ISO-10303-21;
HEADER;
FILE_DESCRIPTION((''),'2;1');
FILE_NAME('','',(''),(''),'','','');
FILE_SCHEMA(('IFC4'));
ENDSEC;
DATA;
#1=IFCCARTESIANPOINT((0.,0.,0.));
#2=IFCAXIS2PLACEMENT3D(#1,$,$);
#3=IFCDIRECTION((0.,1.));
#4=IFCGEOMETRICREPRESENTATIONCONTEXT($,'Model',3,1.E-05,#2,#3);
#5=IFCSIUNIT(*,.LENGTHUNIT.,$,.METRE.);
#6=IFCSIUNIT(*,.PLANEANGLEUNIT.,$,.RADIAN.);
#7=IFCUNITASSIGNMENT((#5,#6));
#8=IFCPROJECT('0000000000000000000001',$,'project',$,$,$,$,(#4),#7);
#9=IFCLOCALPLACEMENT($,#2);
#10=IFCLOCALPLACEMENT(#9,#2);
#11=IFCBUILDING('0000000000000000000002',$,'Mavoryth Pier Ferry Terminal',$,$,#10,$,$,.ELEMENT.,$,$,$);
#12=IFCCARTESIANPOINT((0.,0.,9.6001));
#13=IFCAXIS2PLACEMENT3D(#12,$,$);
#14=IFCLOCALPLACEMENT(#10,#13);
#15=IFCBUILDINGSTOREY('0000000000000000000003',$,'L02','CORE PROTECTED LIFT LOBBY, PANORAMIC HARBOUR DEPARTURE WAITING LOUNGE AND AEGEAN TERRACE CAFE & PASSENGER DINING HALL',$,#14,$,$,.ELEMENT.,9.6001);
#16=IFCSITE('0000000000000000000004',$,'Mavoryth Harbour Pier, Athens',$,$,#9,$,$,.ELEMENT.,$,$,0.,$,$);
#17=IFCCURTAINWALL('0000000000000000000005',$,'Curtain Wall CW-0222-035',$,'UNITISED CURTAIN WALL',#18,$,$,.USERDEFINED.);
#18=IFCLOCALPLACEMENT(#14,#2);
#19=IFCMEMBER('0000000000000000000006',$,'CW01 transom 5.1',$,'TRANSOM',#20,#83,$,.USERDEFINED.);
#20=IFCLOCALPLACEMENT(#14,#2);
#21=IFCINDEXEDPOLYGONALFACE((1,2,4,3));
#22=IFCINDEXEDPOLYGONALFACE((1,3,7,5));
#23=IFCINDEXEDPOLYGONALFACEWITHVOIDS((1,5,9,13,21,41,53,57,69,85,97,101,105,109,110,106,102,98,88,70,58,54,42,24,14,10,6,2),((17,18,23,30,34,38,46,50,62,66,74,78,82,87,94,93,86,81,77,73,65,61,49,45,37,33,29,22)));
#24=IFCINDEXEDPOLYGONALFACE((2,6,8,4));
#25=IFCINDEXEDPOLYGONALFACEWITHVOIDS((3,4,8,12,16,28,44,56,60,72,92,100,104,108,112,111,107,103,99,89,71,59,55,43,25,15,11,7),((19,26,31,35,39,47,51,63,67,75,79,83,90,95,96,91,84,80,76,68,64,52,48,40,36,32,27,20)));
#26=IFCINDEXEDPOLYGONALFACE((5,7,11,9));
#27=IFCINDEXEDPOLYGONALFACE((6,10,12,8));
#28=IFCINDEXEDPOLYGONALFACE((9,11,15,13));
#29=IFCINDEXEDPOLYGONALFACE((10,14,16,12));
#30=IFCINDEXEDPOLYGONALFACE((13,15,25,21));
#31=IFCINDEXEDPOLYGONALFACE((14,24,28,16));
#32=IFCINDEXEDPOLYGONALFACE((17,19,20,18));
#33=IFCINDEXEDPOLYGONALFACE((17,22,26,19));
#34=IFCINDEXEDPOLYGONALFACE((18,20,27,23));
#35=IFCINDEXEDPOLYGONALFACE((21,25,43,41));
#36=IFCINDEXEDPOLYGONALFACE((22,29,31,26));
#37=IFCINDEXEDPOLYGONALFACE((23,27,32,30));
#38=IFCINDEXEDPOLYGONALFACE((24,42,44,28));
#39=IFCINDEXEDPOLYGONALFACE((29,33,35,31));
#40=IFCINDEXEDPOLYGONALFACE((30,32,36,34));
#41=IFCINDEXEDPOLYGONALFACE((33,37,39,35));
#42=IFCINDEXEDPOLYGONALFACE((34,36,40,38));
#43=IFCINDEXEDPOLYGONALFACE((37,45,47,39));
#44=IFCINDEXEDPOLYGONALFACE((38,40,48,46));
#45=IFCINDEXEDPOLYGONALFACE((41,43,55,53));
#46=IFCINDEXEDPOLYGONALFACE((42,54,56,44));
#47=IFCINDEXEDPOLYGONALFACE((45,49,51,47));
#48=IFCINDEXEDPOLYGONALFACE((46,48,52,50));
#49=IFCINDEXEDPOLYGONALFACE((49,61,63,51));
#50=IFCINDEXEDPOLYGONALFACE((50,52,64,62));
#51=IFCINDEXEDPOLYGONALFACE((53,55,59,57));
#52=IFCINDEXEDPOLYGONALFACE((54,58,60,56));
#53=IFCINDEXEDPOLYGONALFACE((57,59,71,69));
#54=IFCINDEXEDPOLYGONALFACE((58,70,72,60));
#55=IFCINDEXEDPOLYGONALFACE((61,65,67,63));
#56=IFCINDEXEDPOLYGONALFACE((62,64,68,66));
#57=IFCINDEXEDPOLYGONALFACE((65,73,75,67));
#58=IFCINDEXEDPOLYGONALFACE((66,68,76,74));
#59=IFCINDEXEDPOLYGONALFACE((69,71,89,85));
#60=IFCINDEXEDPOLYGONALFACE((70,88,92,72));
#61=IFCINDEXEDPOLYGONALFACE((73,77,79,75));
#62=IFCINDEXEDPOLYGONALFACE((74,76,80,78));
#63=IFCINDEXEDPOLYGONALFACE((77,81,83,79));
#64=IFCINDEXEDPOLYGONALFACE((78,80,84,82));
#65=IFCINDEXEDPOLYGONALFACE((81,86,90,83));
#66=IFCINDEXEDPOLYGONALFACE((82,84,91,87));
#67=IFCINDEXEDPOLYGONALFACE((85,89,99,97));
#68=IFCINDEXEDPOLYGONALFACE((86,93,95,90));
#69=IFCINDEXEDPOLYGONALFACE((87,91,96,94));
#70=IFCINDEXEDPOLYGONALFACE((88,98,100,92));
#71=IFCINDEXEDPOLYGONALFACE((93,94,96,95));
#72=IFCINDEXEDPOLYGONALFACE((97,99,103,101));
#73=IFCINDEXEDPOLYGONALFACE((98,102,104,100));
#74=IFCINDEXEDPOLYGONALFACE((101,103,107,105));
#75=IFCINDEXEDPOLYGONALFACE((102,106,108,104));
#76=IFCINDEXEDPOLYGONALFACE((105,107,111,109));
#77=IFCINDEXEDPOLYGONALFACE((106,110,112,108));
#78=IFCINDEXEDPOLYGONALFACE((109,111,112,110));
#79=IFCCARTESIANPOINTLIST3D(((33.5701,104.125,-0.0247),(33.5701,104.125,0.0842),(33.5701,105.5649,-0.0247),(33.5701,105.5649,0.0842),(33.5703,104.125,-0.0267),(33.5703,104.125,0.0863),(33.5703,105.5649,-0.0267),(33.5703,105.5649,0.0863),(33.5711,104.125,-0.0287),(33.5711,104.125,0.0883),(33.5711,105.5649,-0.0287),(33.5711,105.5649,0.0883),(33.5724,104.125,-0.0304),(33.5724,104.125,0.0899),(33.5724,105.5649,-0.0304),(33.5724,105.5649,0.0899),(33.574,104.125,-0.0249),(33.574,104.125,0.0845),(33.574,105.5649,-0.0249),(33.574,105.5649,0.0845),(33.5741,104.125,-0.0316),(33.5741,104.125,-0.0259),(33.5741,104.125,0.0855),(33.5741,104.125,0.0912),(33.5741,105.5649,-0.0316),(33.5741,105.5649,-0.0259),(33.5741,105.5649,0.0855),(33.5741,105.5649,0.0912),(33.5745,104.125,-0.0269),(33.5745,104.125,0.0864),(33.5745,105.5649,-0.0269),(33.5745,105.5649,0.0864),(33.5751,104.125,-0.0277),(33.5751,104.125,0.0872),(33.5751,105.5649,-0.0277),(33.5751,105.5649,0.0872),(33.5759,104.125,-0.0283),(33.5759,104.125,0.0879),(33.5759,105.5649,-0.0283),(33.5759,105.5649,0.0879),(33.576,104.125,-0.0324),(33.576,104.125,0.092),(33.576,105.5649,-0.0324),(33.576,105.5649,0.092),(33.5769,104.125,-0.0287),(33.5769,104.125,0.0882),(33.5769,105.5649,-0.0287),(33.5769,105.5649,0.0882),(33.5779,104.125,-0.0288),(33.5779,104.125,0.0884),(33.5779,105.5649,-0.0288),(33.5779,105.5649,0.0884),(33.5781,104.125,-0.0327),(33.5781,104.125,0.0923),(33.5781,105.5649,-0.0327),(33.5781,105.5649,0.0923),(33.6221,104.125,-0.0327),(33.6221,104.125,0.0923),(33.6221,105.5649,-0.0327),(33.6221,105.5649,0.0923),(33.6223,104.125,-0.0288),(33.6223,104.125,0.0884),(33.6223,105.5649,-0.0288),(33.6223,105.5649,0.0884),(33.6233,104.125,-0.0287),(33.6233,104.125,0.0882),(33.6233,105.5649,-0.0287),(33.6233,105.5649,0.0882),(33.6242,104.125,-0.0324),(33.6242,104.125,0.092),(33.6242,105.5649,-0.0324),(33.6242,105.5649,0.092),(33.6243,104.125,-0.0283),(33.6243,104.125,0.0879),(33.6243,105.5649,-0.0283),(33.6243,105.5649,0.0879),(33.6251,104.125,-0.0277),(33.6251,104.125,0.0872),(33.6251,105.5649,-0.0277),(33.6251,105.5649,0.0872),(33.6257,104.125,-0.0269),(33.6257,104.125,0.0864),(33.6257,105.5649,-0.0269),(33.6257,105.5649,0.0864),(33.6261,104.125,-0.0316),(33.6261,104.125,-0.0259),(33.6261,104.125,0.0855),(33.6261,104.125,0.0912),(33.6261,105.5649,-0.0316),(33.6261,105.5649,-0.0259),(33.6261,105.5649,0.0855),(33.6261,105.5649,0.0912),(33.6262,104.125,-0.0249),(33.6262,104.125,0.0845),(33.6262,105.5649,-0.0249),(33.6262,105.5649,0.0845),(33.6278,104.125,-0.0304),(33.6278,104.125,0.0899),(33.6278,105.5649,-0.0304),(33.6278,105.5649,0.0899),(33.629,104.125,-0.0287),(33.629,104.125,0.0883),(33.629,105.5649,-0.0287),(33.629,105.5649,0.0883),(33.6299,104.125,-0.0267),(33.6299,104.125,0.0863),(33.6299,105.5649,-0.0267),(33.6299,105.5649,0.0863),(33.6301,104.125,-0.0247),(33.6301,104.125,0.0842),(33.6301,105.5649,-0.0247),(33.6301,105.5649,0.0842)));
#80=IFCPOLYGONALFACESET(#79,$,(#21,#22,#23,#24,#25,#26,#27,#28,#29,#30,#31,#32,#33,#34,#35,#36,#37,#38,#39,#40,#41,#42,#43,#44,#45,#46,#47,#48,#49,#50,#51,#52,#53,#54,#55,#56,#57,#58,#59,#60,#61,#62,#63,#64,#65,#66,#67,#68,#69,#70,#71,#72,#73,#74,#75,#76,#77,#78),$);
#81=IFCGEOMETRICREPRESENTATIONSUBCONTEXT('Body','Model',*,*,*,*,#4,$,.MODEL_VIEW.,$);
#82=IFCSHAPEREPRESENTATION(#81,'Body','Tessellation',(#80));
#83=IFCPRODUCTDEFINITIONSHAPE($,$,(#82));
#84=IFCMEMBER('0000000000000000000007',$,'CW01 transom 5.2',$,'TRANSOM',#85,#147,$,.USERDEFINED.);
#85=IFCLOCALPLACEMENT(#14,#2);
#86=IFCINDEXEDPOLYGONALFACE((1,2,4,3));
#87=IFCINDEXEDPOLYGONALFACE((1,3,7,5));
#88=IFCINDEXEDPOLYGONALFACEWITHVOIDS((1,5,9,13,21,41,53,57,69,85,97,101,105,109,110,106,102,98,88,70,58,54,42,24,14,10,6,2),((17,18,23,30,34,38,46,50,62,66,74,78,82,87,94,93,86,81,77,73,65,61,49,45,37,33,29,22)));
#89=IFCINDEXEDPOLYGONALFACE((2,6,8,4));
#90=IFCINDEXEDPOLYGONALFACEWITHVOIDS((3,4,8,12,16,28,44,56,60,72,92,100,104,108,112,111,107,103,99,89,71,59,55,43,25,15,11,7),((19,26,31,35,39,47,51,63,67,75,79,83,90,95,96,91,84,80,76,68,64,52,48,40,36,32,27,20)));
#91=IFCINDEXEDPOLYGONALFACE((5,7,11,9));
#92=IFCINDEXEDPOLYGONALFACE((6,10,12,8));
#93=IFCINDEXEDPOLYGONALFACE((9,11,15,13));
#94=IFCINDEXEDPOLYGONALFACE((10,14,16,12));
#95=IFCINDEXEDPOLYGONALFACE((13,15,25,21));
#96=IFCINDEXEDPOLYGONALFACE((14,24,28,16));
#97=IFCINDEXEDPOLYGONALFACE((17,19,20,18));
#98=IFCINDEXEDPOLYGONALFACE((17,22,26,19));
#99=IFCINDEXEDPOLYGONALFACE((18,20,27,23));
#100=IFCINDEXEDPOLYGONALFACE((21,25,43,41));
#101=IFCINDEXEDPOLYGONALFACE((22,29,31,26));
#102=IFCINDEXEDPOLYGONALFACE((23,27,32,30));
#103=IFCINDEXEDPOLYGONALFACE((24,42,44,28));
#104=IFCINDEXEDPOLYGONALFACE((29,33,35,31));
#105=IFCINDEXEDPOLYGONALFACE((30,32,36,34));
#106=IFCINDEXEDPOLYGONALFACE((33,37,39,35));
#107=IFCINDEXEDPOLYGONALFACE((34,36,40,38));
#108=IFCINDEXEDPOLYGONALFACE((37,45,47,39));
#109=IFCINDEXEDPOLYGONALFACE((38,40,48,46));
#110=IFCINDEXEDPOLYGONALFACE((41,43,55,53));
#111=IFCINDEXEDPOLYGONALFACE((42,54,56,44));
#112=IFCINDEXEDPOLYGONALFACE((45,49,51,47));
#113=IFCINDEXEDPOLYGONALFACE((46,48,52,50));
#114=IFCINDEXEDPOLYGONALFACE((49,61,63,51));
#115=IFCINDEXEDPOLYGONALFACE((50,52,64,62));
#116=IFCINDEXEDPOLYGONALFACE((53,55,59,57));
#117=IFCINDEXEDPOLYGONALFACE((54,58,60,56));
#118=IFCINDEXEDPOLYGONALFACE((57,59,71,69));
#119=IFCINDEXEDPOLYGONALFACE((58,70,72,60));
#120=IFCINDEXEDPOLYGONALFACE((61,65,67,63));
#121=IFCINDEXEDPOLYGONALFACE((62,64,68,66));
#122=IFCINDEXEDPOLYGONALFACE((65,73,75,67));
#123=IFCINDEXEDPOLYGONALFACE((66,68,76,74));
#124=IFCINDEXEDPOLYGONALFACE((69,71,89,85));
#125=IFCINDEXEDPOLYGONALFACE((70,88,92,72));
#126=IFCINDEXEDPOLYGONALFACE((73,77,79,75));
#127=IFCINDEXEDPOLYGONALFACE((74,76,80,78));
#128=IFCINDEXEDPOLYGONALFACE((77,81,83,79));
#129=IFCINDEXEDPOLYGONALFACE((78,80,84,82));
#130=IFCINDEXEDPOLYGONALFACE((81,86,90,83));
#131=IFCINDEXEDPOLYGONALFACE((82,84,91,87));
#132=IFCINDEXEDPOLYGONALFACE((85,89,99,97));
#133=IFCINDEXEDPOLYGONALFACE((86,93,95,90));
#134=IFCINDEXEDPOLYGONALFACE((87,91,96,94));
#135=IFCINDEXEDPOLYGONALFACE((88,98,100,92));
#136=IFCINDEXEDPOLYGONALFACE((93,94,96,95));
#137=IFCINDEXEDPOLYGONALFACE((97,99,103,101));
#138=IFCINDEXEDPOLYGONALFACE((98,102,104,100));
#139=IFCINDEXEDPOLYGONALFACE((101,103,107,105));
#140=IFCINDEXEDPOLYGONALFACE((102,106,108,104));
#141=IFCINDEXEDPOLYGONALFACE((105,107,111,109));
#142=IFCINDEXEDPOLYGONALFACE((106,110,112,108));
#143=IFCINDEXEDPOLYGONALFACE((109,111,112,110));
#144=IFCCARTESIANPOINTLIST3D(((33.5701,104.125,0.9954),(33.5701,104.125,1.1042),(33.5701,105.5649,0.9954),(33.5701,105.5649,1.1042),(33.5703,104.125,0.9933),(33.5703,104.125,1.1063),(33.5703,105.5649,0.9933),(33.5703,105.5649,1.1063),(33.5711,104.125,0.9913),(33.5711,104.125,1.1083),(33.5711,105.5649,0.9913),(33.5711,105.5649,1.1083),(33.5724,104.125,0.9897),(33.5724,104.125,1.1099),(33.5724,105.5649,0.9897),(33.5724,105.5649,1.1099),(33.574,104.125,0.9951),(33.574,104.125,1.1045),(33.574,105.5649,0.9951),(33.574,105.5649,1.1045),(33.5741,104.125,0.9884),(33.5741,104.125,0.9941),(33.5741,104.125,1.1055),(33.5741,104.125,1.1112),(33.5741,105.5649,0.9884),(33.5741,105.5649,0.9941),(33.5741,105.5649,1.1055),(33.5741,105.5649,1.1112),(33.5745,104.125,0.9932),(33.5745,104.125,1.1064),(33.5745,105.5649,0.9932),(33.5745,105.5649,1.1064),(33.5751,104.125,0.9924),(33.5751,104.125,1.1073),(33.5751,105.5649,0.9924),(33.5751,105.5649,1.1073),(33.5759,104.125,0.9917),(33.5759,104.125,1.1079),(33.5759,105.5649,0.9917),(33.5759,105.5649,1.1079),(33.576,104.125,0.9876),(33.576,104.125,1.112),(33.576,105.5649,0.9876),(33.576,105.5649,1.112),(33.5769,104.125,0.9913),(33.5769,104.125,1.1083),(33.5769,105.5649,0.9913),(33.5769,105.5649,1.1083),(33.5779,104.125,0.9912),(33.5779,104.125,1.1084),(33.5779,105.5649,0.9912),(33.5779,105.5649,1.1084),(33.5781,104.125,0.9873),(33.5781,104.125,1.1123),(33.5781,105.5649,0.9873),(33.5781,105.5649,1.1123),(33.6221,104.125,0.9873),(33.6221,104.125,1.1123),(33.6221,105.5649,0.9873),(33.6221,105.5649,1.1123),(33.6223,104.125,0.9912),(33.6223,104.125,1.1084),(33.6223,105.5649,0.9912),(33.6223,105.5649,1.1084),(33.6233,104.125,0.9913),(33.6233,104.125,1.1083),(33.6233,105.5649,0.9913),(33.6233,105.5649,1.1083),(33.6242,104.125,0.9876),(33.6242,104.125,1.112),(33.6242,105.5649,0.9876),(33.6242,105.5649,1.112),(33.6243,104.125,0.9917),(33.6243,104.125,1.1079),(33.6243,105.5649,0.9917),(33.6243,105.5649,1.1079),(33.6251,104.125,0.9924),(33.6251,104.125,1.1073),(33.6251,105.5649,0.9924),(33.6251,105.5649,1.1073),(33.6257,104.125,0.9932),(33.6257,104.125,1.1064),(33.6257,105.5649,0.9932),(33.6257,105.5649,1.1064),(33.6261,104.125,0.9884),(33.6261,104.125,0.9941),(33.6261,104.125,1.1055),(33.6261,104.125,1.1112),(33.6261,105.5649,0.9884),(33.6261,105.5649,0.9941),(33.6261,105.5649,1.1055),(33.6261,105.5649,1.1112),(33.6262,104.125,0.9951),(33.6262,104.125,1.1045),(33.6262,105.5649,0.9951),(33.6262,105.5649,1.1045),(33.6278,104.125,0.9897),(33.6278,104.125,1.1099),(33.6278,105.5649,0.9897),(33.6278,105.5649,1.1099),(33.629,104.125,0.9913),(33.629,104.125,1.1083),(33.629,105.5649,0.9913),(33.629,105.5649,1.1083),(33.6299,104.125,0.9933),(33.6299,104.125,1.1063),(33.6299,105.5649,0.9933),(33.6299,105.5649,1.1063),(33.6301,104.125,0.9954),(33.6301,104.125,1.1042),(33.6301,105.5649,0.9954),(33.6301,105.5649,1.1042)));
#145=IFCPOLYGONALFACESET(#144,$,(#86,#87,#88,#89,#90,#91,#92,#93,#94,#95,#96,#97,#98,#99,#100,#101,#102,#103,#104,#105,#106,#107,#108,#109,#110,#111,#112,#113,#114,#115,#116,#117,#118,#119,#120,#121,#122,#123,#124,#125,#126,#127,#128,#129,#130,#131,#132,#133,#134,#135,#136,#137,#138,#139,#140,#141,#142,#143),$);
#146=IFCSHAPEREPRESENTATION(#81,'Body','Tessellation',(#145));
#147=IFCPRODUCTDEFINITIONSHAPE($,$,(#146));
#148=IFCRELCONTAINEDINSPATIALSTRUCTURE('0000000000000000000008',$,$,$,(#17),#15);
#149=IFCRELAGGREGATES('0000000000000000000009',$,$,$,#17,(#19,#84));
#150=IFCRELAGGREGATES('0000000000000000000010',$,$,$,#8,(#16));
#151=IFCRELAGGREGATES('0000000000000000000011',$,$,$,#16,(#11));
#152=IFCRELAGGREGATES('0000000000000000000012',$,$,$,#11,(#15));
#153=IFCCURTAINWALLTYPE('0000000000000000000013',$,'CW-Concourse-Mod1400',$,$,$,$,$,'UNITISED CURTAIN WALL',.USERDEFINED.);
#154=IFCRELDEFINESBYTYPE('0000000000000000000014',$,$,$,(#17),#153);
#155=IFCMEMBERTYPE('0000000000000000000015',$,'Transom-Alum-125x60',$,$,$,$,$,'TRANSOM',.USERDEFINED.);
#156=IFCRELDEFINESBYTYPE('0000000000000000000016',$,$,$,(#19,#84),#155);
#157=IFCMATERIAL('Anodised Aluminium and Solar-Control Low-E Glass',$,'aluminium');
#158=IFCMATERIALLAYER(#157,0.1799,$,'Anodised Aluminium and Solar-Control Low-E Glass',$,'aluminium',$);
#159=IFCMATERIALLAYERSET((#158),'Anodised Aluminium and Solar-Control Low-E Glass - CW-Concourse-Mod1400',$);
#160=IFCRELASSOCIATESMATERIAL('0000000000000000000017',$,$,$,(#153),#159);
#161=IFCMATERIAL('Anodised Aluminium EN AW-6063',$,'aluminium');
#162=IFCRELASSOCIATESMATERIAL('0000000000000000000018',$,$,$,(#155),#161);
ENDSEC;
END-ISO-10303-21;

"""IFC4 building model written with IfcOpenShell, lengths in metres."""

from ifc_helpers import new_model, si_unit, direction, frame, origin, origin_2d, place, context, subcontext, project, spatial, hollow_rectangle, extrude, material, layer, layer_set, material_profile, profile_set, type_object, element, aggregate, save


model = new_model("IFC4")

# Units and contexts
model_context = context("Model", 3, precision=1e-05, world=origin(), true_north=direction((0.0, 1.0)))
body_context = subcontext(model_context, "Body", "Model", "MODEL_VIEW")
ifc_project = project(units=[si_unit("LENGTHUNIT", "METRE"), si_unit("PLANEANGLEUNIT", "RADIAN")], contexts=[model_context])

# Site, building, storey
site_placement = place(None, origin())
site = spatial("IfcSite", under=ifc_project, at=site_placement, Name="Mavoryth Harbour Pier, Athens", CompositionType="ELEMENT", RefElevation=0.0)
building_placement = place(site_placement, origin())
building = spatial("IfcBuilding", under=site, at=building_placement, Name="Mavoryth Pier Ferry Terminal", CompositionType="ELEMENT")
storey_placement = place(building_placement, frame((0.0, 0.0, 9.6001)))
storey = spatial("IfcBuildingStorey", under=building, at=storey_placement, Name="L02", Description="CORE PROTECTED LIFT LOBBY, PANORAMIC HARBOUR DEPARTURE WAITING LOUNGE AND AEGEAN TERRACE CAFE & PASSENGER DINING HALL", CompositionType="ELEMENT", Elevation=9.6001)

# Curtain wall
ifc_material_1 = material(Name="Anodised Aluminium and Solar-Control Low-E Glass", Category="aluminium")
ifc_layer_1 = layer(ifc_material_1, 0.1799, Name="Anodised Aluminium and Solar-Control Low-E Glass", Category="aluminium")
ifc_layer_set_1 = layer_set([ifc_layer_1], Name="Anodised Aluminium and Solar-Control Low-E Glass - CW-Concourse-Mod1400")
curtain_wall_type = type_object("IfcCurtainWallType", Name="CW-Concourse-Mod1400", ElementType="UNITISED CURTAIN WALL", PredefinedType="USERDEFINED", material=ifc_layer_set_1)
curtain_wall_placement = place(storey_placement, origin())
curtain_wall = element("IfcCurtainWall", 1, at=curtain_wall_placement, inside=storey, type_object=curtain_wall_type, Name="Curtain Wall CW-0222-035", ObjectType="UNITISED CURTAIN WALL", PredefinedType="USERDEFINED")
ifc_material_2 = material(Name="Anodised Aluminium EN AW-6063", Category="aluminium")

# Members
ifc_material_profile_1 = material_profile(ifc_material_2, hollow_rectangle(XDim=0.0601, YDim=0.125, WallThickness=0.0039, InnerFilletRadius=0.0039, OuterFilletRadius=0.0081, at=origin_2d()), Name="AL-TRAN 125x60x4", Category="aluminium")
ifc_profile_set_1 = profile_set([ifc_material_profile_1], Name="Anodised Aluminium EN AW-6063 - AL-TRAN 125x60x4")
member_type_1 = type_object("IfcMemberType", Name="Transom-Alum-125x60", ElementType="TRANSOM", PredefinedType="USERDEFINED", material=ifc_profile_set_1)
member_1_placement = place(storey_placement, frame((33.6001, 104.125, 0.0298), z_axis=(0.0, 1.0, 0.0), x_axis=(-1.0, 0.0, 0.0)))
member_1 = element("IfcMember", 2, at=member_1_placement, type_object=member_type_1, Name="CW01 transom 5.1", ObjectType="TRANSOM", PredefinedType="USERDEFINED", context=body_context, shape_type="SweptSolid", body=[
    extrude(hollow_rectangle(XDim=0.0601, YDim=0.125, WallThickness=0.0039, InnerFilletRadius=0.0039, OuterFilletRadius=0.0081, at=origin_2d()), origin(), (0.0, 0.0, 1.0), 1.4399),
])
member_2_placement = place(storey_placement, frame((33.6001, 104.125, 1.0498), z_axis=(0.0, 1.0, 0.0), x_axis=(-1.0, 0.0, 0.0)))
member_2 = element("IfcMember", 3, at=member_2_placement, type_object=member_type_1, Name="CW01 transom 5.2", ObjectType="TRANSOM", PredefinedType="USERDEFINED", context=body_context, shape_type="SweptSolid", body=[
    extrude(hollow_rectangle(XDim=0.0601, YDim=0.125, WallThickness=0.0039, InnerFilletRadius=0.0039, OuterFilletRadius=0.0081, at=origin_2d()), origin(), (0.0, 0.0, 1.0), 1.4399),
])

aggregate(curtain_wall, [member_1, member_2])

save(model, "model.ifc")
